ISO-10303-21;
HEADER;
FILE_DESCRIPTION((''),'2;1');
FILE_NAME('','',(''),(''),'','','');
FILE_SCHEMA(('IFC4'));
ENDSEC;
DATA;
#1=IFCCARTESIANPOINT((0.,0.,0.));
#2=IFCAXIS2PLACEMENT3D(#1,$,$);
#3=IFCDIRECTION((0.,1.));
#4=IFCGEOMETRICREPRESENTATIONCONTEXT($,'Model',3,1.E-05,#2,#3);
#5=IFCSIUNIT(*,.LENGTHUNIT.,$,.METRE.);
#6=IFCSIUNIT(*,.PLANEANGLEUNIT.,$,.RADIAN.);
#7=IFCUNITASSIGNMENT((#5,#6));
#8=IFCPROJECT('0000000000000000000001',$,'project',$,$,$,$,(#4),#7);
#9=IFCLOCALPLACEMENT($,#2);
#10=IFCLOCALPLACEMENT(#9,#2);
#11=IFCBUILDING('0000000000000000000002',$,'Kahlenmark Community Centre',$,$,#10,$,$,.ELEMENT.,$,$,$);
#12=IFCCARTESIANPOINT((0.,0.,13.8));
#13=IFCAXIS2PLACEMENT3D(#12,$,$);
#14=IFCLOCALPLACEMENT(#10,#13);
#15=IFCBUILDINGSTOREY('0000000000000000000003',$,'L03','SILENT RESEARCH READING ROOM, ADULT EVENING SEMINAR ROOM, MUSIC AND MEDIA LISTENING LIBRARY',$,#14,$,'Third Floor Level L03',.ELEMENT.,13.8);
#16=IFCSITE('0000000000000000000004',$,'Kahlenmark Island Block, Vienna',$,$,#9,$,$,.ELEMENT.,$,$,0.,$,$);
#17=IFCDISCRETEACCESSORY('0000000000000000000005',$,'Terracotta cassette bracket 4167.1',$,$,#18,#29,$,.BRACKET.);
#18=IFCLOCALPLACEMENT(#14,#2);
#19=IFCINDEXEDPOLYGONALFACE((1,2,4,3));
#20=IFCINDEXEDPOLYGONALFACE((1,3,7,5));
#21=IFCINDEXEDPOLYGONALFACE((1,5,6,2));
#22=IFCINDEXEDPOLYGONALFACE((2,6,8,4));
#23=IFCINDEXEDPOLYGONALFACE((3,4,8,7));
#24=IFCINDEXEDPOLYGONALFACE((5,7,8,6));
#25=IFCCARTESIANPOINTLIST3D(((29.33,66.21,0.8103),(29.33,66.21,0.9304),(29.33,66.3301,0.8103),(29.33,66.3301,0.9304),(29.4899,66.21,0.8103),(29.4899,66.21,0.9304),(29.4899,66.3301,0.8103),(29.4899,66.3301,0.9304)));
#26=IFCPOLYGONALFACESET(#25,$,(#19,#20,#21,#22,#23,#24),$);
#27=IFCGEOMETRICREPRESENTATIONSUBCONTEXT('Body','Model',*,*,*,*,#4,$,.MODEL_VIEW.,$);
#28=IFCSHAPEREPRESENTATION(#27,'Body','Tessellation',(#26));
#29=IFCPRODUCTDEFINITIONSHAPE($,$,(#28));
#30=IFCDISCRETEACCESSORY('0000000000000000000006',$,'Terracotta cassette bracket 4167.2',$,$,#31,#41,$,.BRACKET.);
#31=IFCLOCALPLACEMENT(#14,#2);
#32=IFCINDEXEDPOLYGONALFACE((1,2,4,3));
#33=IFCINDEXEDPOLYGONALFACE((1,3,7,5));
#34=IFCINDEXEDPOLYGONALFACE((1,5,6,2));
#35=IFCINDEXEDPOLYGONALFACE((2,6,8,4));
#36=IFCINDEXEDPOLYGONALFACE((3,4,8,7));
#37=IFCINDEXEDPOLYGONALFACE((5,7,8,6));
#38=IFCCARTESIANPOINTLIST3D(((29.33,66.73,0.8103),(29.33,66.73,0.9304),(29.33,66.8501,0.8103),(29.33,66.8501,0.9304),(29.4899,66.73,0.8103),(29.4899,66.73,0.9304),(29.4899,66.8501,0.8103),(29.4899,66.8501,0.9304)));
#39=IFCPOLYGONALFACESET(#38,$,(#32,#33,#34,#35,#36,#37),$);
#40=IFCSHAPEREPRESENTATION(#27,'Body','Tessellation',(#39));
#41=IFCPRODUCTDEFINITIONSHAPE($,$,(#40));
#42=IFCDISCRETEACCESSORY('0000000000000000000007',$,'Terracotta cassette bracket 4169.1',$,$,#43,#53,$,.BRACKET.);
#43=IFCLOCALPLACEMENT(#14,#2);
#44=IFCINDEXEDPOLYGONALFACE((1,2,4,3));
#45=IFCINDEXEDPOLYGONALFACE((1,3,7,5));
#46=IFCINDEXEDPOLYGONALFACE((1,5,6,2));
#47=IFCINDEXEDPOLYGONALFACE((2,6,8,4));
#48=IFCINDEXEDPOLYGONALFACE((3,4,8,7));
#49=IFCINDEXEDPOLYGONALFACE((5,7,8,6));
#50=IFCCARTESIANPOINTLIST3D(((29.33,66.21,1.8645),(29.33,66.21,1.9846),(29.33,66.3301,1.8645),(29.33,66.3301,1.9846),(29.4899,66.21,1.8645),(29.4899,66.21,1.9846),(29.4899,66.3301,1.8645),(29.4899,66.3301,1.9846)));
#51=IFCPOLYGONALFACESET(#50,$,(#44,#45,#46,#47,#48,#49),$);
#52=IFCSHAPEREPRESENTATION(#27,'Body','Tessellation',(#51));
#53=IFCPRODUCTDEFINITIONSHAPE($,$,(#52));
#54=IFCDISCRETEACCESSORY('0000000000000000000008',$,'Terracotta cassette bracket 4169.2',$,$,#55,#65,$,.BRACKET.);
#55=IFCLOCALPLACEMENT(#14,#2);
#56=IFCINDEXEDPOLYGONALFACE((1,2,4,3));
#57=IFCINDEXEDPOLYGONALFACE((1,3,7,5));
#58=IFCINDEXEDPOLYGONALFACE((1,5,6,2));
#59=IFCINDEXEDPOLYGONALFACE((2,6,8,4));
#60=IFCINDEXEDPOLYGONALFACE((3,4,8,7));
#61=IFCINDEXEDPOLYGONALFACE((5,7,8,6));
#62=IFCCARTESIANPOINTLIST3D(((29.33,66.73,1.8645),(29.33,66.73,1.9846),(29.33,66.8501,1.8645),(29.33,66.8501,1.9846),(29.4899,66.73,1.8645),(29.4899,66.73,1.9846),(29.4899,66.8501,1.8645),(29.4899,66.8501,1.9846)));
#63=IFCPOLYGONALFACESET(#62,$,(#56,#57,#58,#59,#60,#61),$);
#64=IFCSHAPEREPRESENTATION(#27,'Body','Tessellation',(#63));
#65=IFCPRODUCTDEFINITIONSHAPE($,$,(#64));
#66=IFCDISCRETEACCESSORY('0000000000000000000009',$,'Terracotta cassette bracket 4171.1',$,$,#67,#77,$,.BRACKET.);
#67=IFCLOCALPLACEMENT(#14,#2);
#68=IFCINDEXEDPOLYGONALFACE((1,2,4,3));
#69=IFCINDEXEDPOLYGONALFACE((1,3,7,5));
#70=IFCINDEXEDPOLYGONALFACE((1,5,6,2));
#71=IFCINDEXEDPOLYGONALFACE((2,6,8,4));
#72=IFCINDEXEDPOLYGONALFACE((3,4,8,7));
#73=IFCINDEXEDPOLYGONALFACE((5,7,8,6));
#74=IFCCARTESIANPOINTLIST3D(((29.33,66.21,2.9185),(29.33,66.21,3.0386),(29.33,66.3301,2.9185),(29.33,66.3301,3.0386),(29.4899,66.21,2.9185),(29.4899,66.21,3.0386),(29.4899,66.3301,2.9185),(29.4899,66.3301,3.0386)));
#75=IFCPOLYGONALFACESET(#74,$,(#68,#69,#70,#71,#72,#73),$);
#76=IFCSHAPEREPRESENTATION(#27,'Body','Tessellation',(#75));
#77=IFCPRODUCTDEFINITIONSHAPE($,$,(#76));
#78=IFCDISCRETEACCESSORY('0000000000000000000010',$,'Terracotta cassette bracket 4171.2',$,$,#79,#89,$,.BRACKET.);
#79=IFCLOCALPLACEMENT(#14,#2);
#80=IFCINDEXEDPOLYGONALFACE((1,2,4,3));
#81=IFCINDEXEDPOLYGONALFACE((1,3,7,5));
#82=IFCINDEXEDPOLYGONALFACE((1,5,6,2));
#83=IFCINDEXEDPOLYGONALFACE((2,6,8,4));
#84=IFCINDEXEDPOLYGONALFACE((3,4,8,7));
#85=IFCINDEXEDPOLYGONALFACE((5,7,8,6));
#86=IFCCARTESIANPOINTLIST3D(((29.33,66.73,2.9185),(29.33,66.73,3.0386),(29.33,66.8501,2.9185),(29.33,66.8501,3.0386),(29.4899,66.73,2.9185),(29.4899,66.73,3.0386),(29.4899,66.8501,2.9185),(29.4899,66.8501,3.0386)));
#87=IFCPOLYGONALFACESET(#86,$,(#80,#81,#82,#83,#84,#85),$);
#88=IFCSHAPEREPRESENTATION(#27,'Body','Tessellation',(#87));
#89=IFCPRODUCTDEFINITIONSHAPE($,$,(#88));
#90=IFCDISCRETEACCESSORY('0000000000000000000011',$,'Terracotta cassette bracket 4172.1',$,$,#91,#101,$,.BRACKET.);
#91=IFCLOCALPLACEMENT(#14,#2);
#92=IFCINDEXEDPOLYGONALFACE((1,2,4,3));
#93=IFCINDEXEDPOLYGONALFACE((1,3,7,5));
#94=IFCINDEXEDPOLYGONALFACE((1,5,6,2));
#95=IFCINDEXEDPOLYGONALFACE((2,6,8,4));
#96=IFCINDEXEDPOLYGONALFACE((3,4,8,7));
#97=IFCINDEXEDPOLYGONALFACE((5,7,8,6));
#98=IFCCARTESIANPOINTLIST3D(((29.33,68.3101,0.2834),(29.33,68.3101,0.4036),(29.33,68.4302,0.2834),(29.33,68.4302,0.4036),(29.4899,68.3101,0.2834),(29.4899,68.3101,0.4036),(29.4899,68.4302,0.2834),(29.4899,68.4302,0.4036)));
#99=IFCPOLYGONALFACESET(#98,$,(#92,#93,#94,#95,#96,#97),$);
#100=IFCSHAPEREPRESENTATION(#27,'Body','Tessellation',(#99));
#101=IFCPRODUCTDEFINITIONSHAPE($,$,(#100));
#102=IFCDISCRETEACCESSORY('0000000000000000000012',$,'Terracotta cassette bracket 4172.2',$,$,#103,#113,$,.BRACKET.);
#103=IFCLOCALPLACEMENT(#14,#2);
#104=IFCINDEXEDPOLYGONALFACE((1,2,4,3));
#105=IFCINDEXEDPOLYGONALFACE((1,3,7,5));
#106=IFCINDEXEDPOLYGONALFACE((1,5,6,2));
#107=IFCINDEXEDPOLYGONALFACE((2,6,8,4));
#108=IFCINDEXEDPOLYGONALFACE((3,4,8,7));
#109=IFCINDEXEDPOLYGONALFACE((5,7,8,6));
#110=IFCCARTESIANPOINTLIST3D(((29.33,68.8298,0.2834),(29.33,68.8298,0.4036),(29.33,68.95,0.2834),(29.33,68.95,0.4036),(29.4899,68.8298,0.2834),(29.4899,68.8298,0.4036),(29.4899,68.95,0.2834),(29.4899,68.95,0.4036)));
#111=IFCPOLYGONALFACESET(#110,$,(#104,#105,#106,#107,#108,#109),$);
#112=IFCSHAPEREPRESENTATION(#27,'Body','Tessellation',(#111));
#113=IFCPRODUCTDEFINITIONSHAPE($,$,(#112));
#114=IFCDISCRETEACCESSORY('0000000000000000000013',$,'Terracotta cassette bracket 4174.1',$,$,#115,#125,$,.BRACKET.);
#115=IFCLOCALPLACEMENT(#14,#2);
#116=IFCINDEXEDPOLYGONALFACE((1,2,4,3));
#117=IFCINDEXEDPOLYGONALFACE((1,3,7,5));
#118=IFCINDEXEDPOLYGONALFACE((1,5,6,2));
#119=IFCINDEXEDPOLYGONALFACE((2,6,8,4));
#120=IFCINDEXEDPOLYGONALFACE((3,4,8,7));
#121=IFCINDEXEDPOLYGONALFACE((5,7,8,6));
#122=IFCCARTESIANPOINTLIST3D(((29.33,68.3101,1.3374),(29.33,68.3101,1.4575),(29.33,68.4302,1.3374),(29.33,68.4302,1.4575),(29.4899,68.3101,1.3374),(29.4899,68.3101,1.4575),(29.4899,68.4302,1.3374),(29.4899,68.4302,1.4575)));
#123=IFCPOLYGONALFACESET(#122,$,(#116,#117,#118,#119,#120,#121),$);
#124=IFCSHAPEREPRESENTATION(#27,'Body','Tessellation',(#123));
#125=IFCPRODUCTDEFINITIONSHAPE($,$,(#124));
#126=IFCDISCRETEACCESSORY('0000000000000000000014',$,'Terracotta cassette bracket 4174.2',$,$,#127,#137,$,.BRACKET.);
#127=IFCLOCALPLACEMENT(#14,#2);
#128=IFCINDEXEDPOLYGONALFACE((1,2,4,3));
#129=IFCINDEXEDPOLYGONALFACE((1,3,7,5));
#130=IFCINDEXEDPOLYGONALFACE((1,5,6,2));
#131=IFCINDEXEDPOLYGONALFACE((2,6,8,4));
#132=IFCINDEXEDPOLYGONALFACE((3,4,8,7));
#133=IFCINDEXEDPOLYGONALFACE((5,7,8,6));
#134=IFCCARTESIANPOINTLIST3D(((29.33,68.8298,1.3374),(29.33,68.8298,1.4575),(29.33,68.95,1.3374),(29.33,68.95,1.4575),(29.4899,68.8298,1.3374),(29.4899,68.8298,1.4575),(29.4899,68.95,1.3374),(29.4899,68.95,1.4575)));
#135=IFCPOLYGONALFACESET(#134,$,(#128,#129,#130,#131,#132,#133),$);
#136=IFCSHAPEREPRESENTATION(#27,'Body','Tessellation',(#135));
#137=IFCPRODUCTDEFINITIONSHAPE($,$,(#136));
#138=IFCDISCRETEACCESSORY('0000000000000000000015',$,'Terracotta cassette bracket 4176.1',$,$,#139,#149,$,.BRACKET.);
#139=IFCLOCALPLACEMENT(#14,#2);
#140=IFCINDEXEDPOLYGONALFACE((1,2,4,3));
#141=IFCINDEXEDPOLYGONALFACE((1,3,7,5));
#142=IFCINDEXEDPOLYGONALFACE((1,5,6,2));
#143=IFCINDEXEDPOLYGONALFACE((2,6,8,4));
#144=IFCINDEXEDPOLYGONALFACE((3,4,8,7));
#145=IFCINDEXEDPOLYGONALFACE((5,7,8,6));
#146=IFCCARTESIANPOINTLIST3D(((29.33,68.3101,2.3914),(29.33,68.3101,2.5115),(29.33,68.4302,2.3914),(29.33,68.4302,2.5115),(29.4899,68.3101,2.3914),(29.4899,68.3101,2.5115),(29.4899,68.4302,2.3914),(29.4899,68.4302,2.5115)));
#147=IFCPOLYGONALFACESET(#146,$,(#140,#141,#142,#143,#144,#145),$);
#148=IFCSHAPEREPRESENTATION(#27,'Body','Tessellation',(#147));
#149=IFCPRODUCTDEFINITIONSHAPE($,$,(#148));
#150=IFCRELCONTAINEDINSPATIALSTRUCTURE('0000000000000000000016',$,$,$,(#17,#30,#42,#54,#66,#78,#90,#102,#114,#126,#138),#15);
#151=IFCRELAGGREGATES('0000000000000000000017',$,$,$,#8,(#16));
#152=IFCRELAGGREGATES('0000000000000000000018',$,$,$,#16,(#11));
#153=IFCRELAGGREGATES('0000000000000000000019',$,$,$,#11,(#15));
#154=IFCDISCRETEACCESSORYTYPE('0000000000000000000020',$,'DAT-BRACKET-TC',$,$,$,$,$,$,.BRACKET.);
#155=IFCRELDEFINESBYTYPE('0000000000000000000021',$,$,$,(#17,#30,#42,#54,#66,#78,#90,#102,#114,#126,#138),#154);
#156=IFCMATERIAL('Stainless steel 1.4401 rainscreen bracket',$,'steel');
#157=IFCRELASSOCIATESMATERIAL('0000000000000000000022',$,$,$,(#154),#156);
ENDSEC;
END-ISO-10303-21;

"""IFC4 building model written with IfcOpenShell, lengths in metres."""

from ifc_helpers import new_model, si_unit, direction, frame, origin, origin_2d, place, context, subcontext, project, spatial, rectangle, extrude, material, type_object, element, save


model = new_model("IFC4")

# Units and contexts
model_context = context("Model", 3, precision=1e-05, world=origin(), true_north=direction((0.0, 1.0)))
body_context = subcontext(model_context, "Body", "Model", "MODEL_VIEW")
ifc_project = project(units=[si_unit("LENGTHUNIT", "METRE"), si_unit("PLANEANGLEUNIT", "RADIAN")], contexts=[model_context])

# Site, building, storey
site_placement = place(None, origin())
site = spatial("IfcSite", under=ifc_project, at=site_placement, Name="Kahlenmark Island Block, Vienna", CompositionType="ELEMENT", RefElevation=0.0)
building_placement = place(site_placement, origin())
building = spatial("IfcBuilding", under=site, at=building_placement, Name="Kahlenmark Community Centre", CompositionType="ELEMENT")
storey_placement = place(building_placement, frame((0.0, 0.0, 13.8)))
storey = spatial("IfcBuildingStorey", under=building, at=storey_placement, Name="L03", Description="SILENT RESEARCH READING ROOM, ADULT EVENING SEMINAR ROOM, MUSIC AND MEDIA LISTENING LIBRARY", LongName="Third Floor Level L03", CompositionType="ELEMENT", Elevation=13.8)

# Discrete accessories
ifc_material_1 = material(Name="Stainless steel 1.4401 rainscreen bracket", Category="steel")
discrete_accessory_type = type_object("IfcDiscreteAccessoryType", Name="DAT-BRACKET-TC", PredefinedType="BRACKET", material=ifc_material_1)
for number, where, z_axis, x_axis, name in (
    (1, (29.4099, 66.27, 0.8103), (0.0, 0.0, 1.0), (0.0, 1.0, 0.0), "Terracotta cassette bracket 4167.1"),
    (2, (29.4099, 66.79, 0.8103), (0.0, 0.0, 1.0), (0.0, 1.0, 0.0), "Terracotta cassette bracket 4167.2"),
    (3, (29.4099, 66.27, 1.8645), (0.0, 0.0, 1.0), (0.0, 1.0, 0.0), "Terracotta cassette bracket 4169.1"),
    (4, (29.4099, 66.79, 1.8645), (0.0, 0.0, 1.0), (0.0, 1.0, 0.0), "Terracotta cassette bracket 4169.2"),
    (5, (29.4099, 66.27, 2.9185), (0.0, 0.0, 1.0), (0.0, 1.0, 0.0), "Terracotta cassette bracket 4171.1"),
    (6, (29.4099, 66.79, 2.9185), (0.0, 0.0, 1.0), (0.0, 1.0, 0.0), "Terracotta cassette bracket 4171.2"),
    (7, (29.4099, 68.3701, 0.2834), (0.0, 0.0, 1.0), (0.0, 1.0, 0.0), "Terracotta cassette bracket 4172.1"),
    (8, (29.4099, 68.8899, 0.2834), (0.0, 0.0, 1.0), (0.0, 1.0, 0.0), "Terracotta cassette bracket 4172.2"),
    (9, (29.4099, 68.3701, 1.3374), (0.0, 0.0, 1.0), (0.0, 1.0, 0.0), "Terracotta cassette bracket 4174.1"),
    (10, (29.4099, 68.8899, 1.3374), (0.0, 0.0, 1.0), (0.0, 1.0, 0.0), "Terracotta cassette bracket 4174.2"),
    (11, (29.4099, 68.3701, 2.3914), (0.0, 0.0, 1.0), (0.0, 1.0, 0.0), "Terracotta cassette bracket 4176.1"),
):
    element("IfcDiscreteAccessory", number, at=place(storey_placement, frame(where, z_axis=z_axis, x_axis=x_axis)), inside=storey, type_object=discrete_accessory_type, Name=name, PredefinedType="BRACKET", context=body_context, shape_type="SweptSolid", body=[
        extrude(rectangle(XDim=0.1201, YDim=0.1599, at=origin_2d()), origin(), (0.0, 0.0, 1.0), 0.1201),
    ])

save(model, "model.ifc")
